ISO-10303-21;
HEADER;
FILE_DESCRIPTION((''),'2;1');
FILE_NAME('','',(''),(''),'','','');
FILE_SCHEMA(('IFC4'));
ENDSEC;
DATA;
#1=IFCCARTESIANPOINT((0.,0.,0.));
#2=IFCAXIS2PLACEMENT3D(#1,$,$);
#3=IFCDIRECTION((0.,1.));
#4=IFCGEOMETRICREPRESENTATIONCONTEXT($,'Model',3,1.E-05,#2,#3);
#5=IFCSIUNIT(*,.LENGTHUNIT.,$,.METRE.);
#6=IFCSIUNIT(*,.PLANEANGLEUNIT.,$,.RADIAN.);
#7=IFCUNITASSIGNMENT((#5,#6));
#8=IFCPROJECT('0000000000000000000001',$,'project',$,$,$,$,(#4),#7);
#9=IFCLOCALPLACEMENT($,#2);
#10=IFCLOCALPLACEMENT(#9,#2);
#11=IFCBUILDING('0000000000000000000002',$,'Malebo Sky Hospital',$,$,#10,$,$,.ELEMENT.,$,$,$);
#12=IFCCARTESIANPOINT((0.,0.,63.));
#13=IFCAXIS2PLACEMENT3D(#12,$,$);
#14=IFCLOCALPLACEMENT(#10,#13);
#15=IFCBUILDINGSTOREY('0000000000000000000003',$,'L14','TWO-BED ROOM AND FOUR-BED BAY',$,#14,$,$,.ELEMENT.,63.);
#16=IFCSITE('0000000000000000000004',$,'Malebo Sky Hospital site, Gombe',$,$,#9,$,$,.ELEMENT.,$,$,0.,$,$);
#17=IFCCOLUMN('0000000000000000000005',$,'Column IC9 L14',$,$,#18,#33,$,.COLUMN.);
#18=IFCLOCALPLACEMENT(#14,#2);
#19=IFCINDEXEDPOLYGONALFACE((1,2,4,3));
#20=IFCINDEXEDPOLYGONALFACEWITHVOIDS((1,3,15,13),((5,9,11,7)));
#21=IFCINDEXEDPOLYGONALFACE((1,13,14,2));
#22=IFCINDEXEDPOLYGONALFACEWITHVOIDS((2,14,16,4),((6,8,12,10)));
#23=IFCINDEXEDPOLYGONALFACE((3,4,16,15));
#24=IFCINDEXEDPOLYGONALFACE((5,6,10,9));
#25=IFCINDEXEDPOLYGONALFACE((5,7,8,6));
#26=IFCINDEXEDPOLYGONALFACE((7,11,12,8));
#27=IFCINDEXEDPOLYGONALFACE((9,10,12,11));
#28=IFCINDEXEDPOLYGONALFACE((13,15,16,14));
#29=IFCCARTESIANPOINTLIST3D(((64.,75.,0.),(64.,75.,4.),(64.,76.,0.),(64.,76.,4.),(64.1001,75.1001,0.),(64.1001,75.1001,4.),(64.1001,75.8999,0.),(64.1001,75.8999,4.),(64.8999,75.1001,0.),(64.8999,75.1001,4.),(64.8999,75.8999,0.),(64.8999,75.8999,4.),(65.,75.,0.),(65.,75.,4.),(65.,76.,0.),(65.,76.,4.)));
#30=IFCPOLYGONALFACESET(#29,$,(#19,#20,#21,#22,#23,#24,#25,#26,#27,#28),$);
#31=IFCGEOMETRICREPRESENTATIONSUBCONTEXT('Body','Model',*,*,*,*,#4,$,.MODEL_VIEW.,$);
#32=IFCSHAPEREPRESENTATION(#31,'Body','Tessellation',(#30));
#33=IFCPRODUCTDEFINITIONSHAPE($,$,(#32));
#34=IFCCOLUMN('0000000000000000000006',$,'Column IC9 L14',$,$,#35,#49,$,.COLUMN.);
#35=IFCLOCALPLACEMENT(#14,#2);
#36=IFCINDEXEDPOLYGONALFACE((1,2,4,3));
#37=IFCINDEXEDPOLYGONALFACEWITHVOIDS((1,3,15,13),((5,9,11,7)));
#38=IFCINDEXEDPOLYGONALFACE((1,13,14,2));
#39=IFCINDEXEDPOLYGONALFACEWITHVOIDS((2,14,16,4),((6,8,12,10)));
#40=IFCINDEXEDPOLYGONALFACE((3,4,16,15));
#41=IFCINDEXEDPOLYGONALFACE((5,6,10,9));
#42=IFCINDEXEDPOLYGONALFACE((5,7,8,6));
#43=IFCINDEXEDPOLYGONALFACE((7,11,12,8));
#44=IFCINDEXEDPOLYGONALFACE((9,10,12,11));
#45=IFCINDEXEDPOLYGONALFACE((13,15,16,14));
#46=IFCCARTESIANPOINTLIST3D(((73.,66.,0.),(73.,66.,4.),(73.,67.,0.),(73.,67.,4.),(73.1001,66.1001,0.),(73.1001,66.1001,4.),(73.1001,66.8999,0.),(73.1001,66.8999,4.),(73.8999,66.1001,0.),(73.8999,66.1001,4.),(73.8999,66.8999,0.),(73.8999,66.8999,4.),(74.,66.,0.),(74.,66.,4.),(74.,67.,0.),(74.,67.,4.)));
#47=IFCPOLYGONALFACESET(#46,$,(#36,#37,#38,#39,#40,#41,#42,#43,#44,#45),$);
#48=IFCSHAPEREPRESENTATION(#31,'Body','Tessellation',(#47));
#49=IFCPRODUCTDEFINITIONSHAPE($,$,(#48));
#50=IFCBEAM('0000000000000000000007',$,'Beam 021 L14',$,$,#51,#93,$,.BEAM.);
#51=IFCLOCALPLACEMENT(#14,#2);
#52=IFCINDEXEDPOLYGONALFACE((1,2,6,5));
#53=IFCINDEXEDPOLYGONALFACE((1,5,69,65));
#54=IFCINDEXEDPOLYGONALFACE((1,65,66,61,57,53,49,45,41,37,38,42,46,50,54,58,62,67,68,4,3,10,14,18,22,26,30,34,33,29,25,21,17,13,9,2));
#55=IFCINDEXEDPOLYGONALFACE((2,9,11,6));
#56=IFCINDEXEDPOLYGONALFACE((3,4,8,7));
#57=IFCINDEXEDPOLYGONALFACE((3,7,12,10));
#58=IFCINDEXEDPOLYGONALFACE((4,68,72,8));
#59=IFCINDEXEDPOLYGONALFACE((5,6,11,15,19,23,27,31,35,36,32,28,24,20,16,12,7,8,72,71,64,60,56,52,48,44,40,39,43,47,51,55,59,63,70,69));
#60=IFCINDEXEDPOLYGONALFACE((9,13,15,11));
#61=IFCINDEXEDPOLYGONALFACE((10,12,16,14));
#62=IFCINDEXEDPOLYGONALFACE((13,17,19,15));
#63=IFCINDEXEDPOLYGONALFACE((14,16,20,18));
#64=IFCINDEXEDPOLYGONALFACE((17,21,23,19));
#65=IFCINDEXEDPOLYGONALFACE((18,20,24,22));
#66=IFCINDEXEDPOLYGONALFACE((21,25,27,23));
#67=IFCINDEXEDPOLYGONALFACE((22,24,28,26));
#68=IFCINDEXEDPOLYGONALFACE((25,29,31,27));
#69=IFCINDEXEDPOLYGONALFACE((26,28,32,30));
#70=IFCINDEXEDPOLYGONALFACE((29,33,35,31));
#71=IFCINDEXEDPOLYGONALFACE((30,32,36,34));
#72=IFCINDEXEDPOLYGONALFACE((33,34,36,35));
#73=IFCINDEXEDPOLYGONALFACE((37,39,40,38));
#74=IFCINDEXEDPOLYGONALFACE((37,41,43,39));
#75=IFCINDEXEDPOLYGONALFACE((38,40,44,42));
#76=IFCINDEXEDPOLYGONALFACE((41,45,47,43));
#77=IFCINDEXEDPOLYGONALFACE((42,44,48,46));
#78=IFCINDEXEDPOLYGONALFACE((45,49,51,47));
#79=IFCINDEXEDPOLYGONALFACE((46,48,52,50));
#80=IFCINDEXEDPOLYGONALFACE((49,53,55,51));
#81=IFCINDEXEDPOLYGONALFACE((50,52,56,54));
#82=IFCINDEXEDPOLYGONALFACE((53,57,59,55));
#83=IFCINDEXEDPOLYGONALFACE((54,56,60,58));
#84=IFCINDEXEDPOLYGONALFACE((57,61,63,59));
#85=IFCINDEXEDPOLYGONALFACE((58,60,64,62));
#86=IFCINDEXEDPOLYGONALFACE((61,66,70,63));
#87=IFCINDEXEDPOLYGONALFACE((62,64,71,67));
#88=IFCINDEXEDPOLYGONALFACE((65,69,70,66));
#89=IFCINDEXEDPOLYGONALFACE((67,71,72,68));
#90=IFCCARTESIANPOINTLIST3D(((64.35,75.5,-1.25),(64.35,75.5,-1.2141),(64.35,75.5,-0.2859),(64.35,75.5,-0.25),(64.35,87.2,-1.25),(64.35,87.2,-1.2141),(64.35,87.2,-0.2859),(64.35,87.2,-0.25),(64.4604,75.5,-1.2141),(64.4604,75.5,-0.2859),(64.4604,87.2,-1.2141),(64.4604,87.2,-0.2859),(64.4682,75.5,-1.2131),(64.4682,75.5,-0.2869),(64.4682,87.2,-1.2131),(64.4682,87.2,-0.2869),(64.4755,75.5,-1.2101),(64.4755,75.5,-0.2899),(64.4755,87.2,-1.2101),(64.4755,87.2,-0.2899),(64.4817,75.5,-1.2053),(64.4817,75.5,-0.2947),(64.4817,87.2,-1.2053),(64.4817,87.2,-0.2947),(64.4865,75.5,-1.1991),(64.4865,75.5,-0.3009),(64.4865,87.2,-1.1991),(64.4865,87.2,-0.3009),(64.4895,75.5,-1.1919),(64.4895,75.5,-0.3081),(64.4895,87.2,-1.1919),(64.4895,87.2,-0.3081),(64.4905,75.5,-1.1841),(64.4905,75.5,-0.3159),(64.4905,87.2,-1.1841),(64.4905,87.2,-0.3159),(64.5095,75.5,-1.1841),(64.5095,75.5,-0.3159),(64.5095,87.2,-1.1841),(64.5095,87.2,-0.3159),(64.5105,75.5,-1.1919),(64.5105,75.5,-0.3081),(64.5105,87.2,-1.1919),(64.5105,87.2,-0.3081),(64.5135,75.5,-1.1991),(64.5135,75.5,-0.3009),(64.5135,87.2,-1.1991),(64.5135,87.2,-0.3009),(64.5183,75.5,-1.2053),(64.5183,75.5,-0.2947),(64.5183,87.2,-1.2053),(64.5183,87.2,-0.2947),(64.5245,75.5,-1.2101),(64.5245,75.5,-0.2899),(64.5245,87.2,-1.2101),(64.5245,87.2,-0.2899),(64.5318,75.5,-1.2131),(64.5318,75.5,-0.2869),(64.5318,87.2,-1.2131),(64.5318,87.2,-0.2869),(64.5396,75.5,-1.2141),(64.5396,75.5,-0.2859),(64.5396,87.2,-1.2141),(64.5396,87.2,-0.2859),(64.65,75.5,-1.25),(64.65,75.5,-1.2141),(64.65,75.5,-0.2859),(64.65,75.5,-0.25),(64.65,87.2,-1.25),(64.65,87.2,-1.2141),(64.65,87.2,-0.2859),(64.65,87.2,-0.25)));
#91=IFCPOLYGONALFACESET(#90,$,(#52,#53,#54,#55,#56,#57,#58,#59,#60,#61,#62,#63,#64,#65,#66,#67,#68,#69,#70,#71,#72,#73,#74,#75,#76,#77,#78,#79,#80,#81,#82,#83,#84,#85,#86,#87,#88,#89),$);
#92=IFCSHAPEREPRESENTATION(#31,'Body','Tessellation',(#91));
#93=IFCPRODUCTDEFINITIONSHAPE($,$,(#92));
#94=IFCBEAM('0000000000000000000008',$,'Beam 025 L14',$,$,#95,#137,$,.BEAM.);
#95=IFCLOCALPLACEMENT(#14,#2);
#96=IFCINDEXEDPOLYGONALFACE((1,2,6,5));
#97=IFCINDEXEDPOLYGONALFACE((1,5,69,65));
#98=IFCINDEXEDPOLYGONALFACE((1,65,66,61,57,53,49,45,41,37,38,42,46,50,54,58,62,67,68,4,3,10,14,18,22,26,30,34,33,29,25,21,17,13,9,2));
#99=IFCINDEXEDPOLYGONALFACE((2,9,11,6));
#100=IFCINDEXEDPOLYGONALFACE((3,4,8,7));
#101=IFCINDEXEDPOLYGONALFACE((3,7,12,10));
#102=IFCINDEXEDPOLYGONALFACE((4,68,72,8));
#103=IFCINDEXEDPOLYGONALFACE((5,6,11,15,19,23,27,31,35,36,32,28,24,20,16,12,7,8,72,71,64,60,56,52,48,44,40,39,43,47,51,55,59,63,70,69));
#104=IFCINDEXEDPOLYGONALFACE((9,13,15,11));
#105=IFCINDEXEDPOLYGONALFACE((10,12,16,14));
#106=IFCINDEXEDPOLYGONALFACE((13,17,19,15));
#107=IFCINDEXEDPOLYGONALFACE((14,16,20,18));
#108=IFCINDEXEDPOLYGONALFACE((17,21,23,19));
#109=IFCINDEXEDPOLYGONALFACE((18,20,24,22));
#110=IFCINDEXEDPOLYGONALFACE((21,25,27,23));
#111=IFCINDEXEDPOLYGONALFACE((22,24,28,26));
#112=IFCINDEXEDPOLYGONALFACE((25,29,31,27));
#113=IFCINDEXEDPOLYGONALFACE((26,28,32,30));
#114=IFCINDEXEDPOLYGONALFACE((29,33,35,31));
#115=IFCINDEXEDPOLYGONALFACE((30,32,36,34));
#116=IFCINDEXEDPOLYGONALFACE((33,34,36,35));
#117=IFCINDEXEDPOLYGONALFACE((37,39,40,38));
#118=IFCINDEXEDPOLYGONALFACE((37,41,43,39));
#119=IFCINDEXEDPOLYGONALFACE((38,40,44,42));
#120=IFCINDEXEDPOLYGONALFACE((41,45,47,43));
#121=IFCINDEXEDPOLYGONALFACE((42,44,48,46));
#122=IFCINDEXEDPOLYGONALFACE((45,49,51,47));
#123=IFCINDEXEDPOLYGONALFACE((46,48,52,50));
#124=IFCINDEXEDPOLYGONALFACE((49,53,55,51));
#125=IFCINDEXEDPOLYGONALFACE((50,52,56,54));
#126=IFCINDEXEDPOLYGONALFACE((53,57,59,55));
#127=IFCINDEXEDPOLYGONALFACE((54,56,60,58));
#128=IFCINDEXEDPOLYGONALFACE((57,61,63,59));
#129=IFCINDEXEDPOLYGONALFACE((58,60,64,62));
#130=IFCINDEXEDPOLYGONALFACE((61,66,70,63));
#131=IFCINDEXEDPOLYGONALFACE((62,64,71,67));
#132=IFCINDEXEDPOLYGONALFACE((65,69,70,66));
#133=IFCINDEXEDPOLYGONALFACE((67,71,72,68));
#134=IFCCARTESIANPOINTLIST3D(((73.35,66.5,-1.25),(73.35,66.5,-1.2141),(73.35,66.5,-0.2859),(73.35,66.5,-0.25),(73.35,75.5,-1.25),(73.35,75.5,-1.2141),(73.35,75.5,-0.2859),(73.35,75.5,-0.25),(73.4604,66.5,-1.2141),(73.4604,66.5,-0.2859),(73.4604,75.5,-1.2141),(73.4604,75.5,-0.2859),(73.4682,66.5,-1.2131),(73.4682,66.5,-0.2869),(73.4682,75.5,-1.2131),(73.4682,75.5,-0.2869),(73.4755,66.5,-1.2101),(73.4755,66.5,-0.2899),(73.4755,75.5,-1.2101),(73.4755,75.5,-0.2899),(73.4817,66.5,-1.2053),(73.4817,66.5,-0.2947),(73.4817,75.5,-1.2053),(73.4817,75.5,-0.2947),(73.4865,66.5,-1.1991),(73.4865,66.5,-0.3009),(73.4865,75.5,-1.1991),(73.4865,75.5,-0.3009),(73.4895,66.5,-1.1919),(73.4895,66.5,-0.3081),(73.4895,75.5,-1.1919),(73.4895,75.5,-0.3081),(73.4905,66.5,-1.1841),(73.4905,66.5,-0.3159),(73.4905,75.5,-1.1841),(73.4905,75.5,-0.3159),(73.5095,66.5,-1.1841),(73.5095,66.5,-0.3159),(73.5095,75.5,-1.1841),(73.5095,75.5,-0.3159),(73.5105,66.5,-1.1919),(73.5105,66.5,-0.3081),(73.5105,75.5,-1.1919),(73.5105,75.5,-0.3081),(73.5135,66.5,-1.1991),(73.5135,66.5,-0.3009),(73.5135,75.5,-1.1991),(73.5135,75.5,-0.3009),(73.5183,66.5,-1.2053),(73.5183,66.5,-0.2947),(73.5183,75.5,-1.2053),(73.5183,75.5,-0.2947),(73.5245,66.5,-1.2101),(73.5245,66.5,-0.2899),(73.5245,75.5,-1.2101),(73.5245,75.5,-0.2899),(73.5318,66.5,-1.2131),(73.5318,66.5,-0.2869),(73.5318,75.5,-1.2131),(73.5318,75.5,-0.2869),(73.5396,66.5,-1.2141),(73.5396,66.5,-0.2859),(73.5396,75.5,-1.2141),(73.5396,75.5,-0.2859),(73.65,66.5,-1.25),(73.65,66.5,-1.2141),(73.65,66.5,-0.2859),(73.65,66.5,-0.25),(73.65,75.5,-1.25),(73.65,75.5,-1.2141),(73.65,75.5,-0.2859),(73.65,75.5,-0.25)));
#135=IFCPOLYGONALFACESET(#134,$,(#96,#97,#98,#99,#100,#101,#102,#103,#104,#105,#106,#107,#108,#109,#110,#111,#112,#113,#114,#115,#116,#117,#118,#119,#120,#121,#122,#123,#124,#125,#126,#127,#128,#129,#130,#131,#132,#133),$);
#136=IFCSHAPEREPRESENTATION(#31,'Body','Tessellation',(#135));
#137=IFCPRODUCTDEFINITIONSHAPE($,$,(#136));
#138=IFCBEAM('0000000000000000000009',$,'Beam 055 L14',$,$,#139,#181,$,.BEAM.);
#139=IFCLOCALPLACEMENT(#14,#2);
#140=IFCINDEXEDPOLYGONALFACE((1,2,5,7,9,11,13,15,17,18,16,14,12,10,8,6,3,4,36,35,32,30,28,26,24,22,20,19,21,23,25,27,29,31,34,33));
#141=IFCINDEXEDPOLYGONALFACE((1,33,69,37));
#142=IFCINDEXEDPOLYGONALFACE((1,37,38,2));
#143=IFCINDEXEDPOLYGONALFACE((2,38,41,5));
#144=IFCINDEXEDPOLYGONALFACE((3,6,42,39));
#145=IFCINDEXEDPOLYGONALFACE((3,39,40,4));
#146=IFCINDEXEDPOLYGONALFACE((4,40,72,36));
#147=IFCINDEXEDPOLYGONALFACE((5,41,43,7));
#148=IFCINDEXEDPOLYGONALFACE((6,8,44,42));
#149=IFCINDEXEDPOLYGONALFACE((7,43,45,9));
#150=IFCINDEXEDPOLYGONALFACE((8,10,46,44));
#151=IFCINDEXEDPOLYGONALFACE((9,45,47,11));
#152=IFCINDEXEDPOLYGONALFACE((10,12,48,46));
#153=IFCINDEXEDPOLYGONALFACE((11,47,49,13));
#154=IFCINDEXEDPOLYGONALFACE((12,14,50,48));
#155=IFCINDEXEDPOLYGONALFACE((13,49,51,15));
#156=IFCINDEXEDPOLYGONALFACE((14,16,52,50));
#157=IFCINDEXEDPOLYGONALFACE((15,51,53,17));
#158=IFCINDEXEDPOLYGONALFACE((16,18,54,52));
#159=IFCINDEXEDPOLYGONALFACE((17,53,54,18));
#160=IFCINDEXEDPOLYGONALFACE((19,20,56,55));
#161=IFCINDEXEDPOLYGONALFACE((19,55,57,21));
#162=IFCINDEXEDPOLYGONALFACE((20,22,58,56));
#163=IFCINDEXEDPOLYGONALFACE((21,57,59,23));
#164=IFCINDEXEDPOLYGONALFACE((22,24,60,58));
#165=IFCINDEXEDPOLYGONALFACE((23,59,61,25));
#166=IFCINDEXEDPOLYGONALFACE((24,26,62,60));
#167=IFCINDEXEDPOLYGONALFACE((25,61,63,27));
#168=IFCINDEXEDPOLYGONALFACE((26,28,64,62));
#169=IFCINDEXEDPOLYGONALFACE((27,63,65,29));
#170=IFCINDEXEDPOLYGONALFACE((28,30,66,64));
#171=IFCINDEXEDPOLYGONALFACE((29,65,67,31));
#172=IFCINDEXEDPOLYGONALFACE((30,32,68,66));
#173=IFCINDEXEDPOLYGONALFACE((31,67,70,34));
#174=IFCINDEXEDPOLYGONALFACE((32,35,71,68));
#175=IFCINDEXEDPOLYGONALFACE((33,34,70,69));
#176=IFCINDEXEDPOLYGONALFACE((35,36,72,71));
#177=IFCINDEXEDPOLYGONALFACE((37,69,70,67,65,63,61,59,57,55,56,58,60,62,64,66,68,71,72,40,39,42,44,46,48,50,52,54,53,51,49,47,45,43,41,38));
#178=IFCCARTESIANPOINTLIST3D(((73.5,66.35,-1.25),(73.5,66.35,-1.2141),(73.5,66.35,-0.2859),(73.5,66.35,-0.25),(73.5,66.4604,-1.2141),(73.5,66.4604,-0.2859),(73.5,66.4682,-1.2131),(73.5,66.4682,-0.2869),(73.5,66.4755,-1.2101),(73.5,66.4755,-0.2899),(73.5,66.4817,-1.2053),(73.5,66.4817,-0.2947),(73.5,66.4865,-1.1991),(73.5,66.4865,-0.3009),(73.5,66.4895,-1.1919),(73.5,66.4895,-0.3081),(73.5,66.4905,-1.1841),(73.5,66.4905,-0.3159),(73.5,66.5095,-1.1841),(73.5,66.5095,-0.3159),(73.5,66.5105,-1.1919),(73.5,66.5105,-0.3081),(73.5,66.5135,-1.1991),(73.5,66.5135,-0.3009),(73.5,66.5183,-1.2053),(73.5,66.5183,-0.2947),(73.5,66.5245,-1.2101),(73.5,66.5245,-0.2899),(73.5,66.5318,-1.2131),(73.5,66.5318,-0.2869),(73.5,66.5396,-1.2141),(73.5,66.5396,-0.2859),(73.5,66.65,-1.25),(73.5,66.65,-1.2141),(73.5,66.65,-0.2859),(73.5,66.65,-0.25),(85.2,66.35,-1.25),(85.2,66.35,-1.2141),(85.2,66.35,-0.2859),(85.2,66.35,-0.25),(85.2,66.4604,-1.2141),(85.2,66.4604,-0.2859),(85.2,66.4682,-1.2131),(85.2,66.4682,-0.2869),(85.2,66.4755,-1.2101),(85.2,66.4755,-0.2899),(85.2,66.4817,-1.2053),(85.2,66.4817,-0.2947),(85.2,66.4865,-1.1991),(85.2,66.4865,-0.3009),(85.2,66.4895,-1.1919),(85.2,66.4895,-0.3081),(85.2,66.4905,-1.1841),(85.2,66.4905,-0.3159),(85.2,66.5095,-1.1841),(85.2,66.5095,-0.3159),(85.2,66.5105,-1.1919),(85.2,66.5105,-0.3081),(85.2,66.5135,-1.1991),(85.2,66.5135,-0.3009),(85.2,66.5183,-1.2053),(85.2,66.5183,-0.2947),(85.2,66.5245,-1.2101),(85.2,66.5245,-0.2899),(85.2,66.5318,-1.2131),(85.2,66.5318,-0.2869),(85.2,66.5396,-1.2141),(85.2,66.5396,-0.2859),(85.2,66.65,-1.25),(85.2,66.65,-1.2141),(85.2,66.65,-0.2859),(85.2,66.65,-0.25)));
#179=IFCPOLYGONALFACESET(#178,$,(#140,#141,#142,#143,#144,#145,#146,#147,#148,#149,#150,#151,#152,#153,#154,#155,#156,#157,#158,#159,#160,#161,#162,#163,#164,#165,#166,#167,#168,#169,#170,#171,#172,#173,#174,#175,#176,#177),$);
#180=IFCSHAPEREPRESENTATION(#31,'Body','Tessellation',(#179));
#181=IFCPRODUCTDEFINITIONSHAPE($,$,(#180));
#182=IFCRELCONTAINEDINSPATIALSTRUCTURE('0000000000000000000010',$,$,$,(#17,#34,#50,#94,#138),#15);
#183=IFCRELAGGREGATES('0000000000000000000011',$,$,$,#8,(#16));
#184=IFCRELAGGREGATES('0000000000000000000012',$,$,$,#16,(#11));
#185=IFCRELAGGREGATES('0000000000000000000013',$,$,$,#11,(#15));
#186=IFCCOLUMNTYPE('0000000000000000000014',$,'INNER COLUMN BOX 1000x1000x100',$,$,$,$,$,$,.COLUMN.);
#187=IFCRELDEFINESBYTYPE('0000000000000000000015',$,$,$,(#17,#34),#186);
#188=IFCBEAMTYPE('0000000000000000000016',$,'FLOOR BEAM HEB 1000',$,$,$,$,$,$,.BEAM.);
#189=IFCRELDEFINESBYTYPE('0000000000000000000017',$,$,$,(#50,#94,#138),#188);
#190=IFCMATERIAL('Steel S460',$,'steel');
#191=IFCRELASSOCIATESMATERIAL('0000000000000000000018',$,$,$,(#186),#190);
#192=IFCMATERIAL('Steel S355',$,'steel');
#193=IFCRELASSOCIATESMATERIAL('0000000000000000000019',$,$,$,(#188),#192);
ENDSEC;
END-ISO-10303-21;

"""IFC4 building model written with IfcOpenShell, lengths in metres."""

from ifc_helpers import new_model, si_unit, direction, frame, origin, origin_2d, place, context, subcontext, project, spatial, hollow_rectangle, i_section, extrude, material, material_profile, profile_set, type_object, element, save


model = new_model("IFC4")

# Units and contexts
model_context = context("Model", 3, precision=1e-05, world=origin(), true_north=direction((0.0, 1.0)))
body_context = subcontext(model_context, "Body", "Model", "MODEL_VIEW")
ifc_project = project(units=[si_unit("LENGTHUNIT", "METRE"), si_unit("PLANEANGLEUNIT", "RADIAN")], contexts=[model_context])

# Site, building, storey
site_placement = place(None, origin())
site = spatial("IfcSite", under=ifc_project, at=site_placement, Name="Malebo Sky Hospital site, Gombe", CompositionType="ELEMENT", RefElevation=0.0)
building_placement = place(site_placement, origin())
building = spatial("IfcBuilding", under=site, at=building_placement, Name="Malebo Sky Hospital", CompositionType="ELEMENT")
storey_placement = place(building_placement, frame((0.0, 0.0, 63.0)))
storey = spatial("IfcBuildingStorey", under=building, at=storey_placement, Name="L14", Description="TWO-BED ROOM AND FOUR-BED BAY", CompositionType="ELEMENT", Elevation=63.0)

# Columns
ifc_material_1 = material(Name="Steel S460", Category="steel")
ifc_material_profile_1 = material_profile(ifc_material_1, hollow_rectangle(XDim=1.0, YDim=1.0, WallThickness=0.1001, at=origin_2d()), Name="BOX 1000x1000x100")
ifc_profile_set_1 = profile_set([ifc_material_profile_1], Name="Steel S460")
column_type = type_object("IfcColumnType", Name="INNER COLUMN BOX 1000x1000x100", PredefinedType="COLUMN", material=ifc_profile_set_1)
for number, where, z_axis, x_axis, name in (
    (1, (64.5, 75.5, 0.0), (0.0, 0.0, 1.0), (1.0, 0.0, 0.0), "Column IC9 L14"),
    (2, (73.5, 66.5, 0.0), (0.0, 0.0, 1.0), (1.0, 0.0, 0.0), "Column IC9 L14"),
):
    element("IfcColumn", number, at=place(storey_placement, frame(where, z_axis=z_axis, x_axis=x_axis)), inside=storey, type_object=column_type, Name=name, PredefinedType="COLUMN", context=body_context, shape_type="SweptSolid", body=[
        extrude(hollow_rectangle(XDim=1.0, YDim=1.0, WallThickness=0.1001, at=origin_2d()), origin(), (0.0, 0.0, 1.0), 4.0),
    ])

# Beams
ifc_material_2 = material(Name="Steel S355", Category="steel")
ifc_material_profile_2 = material_profile(ifc_material_2, i_section(OverallWidth=0.3, OverallDepth=1.0, WebThickness=0.019, FlangeThickness=0.0359, FilletRadius=0.03, at=origin_2d()), Name="HEB 1000")
ifc_profile_set_2 = profile_set([ifc_material_profile_2], Name="Steel S355")
beam_type_1 = type_object("IfcBeamType", Name="FLOOR BEAM HEB 1000", PredefinedType="BEAM", material=ifc_profile_set_2)
beam_1_placement = place(storey_placement, frame((64.5, 75.5, -0.75), z_axis=(0.0, 1.0, 0.0), x_axis=(-1.0, 0.0, 0.0)))
element("IfcBeam", 3, at=beam_1_placement, inside=storey, type_object=beam_type_1, Name="Beam 021 L14", PredefinedType="BEAM", context=body_context, shape_type="SweptSolid", body=[
    extrude(i_section(OverallWidth=0.3, OverallDepth=1.0, WebThickness=0.019, FlangeThickness=0.0359, FilletRadius=0.03, at=origin_2d()), origin(), (0.0, 0.0, 1.0), 11.7),
])
beam_2_placement = place(storey_placement, frame((73.5, 66.5, -0.75), z_axis=(0.0, 1.0, 0.0), x_axis=(-1.0, 0.0, 0.0)))
element("IfcBeam", 4, at=beam_2_placement, inside=storey, type_object=beam_type_1, Name="Beam 025 L14", PredefinedType="BEAM", context=body_context, shape_type="SweptSolid", body=[
    extrude(i_section(OverallWidth=0.3, OverallDepth=1.0, WebThickness=0.019, FlangeThickness=0.0359, FilletRadius=0.03, at=origin_2d()), origin(), (0.0, 0.0, 1.0), 9.0),
])
beam_3_placement = place(storey_placement, frame((73.5, 66.5, -0.75), z_axis=(1.0, 0.0, 0.0), x_axis=(0.0, 1.0, 0.0)))
element("IfcBeam", 5, at=beam_3_placement, inside=storey, type_object=beam_type_1, Name="Beam 055 L14", PredefinedType="BEAM", context=body_context, shape_type="SweptSolid", body=[
    extrude(i_section(OverallWidth=0.3, OverallDepth=1.0, WebThickness=0.019, FlangeThickness=0.0359, FilletRadius=0.03, at=origin_2d()), origin(), (0.0, 0.0, 1.0), 11.7),
])

save(model, "model.ifc")
